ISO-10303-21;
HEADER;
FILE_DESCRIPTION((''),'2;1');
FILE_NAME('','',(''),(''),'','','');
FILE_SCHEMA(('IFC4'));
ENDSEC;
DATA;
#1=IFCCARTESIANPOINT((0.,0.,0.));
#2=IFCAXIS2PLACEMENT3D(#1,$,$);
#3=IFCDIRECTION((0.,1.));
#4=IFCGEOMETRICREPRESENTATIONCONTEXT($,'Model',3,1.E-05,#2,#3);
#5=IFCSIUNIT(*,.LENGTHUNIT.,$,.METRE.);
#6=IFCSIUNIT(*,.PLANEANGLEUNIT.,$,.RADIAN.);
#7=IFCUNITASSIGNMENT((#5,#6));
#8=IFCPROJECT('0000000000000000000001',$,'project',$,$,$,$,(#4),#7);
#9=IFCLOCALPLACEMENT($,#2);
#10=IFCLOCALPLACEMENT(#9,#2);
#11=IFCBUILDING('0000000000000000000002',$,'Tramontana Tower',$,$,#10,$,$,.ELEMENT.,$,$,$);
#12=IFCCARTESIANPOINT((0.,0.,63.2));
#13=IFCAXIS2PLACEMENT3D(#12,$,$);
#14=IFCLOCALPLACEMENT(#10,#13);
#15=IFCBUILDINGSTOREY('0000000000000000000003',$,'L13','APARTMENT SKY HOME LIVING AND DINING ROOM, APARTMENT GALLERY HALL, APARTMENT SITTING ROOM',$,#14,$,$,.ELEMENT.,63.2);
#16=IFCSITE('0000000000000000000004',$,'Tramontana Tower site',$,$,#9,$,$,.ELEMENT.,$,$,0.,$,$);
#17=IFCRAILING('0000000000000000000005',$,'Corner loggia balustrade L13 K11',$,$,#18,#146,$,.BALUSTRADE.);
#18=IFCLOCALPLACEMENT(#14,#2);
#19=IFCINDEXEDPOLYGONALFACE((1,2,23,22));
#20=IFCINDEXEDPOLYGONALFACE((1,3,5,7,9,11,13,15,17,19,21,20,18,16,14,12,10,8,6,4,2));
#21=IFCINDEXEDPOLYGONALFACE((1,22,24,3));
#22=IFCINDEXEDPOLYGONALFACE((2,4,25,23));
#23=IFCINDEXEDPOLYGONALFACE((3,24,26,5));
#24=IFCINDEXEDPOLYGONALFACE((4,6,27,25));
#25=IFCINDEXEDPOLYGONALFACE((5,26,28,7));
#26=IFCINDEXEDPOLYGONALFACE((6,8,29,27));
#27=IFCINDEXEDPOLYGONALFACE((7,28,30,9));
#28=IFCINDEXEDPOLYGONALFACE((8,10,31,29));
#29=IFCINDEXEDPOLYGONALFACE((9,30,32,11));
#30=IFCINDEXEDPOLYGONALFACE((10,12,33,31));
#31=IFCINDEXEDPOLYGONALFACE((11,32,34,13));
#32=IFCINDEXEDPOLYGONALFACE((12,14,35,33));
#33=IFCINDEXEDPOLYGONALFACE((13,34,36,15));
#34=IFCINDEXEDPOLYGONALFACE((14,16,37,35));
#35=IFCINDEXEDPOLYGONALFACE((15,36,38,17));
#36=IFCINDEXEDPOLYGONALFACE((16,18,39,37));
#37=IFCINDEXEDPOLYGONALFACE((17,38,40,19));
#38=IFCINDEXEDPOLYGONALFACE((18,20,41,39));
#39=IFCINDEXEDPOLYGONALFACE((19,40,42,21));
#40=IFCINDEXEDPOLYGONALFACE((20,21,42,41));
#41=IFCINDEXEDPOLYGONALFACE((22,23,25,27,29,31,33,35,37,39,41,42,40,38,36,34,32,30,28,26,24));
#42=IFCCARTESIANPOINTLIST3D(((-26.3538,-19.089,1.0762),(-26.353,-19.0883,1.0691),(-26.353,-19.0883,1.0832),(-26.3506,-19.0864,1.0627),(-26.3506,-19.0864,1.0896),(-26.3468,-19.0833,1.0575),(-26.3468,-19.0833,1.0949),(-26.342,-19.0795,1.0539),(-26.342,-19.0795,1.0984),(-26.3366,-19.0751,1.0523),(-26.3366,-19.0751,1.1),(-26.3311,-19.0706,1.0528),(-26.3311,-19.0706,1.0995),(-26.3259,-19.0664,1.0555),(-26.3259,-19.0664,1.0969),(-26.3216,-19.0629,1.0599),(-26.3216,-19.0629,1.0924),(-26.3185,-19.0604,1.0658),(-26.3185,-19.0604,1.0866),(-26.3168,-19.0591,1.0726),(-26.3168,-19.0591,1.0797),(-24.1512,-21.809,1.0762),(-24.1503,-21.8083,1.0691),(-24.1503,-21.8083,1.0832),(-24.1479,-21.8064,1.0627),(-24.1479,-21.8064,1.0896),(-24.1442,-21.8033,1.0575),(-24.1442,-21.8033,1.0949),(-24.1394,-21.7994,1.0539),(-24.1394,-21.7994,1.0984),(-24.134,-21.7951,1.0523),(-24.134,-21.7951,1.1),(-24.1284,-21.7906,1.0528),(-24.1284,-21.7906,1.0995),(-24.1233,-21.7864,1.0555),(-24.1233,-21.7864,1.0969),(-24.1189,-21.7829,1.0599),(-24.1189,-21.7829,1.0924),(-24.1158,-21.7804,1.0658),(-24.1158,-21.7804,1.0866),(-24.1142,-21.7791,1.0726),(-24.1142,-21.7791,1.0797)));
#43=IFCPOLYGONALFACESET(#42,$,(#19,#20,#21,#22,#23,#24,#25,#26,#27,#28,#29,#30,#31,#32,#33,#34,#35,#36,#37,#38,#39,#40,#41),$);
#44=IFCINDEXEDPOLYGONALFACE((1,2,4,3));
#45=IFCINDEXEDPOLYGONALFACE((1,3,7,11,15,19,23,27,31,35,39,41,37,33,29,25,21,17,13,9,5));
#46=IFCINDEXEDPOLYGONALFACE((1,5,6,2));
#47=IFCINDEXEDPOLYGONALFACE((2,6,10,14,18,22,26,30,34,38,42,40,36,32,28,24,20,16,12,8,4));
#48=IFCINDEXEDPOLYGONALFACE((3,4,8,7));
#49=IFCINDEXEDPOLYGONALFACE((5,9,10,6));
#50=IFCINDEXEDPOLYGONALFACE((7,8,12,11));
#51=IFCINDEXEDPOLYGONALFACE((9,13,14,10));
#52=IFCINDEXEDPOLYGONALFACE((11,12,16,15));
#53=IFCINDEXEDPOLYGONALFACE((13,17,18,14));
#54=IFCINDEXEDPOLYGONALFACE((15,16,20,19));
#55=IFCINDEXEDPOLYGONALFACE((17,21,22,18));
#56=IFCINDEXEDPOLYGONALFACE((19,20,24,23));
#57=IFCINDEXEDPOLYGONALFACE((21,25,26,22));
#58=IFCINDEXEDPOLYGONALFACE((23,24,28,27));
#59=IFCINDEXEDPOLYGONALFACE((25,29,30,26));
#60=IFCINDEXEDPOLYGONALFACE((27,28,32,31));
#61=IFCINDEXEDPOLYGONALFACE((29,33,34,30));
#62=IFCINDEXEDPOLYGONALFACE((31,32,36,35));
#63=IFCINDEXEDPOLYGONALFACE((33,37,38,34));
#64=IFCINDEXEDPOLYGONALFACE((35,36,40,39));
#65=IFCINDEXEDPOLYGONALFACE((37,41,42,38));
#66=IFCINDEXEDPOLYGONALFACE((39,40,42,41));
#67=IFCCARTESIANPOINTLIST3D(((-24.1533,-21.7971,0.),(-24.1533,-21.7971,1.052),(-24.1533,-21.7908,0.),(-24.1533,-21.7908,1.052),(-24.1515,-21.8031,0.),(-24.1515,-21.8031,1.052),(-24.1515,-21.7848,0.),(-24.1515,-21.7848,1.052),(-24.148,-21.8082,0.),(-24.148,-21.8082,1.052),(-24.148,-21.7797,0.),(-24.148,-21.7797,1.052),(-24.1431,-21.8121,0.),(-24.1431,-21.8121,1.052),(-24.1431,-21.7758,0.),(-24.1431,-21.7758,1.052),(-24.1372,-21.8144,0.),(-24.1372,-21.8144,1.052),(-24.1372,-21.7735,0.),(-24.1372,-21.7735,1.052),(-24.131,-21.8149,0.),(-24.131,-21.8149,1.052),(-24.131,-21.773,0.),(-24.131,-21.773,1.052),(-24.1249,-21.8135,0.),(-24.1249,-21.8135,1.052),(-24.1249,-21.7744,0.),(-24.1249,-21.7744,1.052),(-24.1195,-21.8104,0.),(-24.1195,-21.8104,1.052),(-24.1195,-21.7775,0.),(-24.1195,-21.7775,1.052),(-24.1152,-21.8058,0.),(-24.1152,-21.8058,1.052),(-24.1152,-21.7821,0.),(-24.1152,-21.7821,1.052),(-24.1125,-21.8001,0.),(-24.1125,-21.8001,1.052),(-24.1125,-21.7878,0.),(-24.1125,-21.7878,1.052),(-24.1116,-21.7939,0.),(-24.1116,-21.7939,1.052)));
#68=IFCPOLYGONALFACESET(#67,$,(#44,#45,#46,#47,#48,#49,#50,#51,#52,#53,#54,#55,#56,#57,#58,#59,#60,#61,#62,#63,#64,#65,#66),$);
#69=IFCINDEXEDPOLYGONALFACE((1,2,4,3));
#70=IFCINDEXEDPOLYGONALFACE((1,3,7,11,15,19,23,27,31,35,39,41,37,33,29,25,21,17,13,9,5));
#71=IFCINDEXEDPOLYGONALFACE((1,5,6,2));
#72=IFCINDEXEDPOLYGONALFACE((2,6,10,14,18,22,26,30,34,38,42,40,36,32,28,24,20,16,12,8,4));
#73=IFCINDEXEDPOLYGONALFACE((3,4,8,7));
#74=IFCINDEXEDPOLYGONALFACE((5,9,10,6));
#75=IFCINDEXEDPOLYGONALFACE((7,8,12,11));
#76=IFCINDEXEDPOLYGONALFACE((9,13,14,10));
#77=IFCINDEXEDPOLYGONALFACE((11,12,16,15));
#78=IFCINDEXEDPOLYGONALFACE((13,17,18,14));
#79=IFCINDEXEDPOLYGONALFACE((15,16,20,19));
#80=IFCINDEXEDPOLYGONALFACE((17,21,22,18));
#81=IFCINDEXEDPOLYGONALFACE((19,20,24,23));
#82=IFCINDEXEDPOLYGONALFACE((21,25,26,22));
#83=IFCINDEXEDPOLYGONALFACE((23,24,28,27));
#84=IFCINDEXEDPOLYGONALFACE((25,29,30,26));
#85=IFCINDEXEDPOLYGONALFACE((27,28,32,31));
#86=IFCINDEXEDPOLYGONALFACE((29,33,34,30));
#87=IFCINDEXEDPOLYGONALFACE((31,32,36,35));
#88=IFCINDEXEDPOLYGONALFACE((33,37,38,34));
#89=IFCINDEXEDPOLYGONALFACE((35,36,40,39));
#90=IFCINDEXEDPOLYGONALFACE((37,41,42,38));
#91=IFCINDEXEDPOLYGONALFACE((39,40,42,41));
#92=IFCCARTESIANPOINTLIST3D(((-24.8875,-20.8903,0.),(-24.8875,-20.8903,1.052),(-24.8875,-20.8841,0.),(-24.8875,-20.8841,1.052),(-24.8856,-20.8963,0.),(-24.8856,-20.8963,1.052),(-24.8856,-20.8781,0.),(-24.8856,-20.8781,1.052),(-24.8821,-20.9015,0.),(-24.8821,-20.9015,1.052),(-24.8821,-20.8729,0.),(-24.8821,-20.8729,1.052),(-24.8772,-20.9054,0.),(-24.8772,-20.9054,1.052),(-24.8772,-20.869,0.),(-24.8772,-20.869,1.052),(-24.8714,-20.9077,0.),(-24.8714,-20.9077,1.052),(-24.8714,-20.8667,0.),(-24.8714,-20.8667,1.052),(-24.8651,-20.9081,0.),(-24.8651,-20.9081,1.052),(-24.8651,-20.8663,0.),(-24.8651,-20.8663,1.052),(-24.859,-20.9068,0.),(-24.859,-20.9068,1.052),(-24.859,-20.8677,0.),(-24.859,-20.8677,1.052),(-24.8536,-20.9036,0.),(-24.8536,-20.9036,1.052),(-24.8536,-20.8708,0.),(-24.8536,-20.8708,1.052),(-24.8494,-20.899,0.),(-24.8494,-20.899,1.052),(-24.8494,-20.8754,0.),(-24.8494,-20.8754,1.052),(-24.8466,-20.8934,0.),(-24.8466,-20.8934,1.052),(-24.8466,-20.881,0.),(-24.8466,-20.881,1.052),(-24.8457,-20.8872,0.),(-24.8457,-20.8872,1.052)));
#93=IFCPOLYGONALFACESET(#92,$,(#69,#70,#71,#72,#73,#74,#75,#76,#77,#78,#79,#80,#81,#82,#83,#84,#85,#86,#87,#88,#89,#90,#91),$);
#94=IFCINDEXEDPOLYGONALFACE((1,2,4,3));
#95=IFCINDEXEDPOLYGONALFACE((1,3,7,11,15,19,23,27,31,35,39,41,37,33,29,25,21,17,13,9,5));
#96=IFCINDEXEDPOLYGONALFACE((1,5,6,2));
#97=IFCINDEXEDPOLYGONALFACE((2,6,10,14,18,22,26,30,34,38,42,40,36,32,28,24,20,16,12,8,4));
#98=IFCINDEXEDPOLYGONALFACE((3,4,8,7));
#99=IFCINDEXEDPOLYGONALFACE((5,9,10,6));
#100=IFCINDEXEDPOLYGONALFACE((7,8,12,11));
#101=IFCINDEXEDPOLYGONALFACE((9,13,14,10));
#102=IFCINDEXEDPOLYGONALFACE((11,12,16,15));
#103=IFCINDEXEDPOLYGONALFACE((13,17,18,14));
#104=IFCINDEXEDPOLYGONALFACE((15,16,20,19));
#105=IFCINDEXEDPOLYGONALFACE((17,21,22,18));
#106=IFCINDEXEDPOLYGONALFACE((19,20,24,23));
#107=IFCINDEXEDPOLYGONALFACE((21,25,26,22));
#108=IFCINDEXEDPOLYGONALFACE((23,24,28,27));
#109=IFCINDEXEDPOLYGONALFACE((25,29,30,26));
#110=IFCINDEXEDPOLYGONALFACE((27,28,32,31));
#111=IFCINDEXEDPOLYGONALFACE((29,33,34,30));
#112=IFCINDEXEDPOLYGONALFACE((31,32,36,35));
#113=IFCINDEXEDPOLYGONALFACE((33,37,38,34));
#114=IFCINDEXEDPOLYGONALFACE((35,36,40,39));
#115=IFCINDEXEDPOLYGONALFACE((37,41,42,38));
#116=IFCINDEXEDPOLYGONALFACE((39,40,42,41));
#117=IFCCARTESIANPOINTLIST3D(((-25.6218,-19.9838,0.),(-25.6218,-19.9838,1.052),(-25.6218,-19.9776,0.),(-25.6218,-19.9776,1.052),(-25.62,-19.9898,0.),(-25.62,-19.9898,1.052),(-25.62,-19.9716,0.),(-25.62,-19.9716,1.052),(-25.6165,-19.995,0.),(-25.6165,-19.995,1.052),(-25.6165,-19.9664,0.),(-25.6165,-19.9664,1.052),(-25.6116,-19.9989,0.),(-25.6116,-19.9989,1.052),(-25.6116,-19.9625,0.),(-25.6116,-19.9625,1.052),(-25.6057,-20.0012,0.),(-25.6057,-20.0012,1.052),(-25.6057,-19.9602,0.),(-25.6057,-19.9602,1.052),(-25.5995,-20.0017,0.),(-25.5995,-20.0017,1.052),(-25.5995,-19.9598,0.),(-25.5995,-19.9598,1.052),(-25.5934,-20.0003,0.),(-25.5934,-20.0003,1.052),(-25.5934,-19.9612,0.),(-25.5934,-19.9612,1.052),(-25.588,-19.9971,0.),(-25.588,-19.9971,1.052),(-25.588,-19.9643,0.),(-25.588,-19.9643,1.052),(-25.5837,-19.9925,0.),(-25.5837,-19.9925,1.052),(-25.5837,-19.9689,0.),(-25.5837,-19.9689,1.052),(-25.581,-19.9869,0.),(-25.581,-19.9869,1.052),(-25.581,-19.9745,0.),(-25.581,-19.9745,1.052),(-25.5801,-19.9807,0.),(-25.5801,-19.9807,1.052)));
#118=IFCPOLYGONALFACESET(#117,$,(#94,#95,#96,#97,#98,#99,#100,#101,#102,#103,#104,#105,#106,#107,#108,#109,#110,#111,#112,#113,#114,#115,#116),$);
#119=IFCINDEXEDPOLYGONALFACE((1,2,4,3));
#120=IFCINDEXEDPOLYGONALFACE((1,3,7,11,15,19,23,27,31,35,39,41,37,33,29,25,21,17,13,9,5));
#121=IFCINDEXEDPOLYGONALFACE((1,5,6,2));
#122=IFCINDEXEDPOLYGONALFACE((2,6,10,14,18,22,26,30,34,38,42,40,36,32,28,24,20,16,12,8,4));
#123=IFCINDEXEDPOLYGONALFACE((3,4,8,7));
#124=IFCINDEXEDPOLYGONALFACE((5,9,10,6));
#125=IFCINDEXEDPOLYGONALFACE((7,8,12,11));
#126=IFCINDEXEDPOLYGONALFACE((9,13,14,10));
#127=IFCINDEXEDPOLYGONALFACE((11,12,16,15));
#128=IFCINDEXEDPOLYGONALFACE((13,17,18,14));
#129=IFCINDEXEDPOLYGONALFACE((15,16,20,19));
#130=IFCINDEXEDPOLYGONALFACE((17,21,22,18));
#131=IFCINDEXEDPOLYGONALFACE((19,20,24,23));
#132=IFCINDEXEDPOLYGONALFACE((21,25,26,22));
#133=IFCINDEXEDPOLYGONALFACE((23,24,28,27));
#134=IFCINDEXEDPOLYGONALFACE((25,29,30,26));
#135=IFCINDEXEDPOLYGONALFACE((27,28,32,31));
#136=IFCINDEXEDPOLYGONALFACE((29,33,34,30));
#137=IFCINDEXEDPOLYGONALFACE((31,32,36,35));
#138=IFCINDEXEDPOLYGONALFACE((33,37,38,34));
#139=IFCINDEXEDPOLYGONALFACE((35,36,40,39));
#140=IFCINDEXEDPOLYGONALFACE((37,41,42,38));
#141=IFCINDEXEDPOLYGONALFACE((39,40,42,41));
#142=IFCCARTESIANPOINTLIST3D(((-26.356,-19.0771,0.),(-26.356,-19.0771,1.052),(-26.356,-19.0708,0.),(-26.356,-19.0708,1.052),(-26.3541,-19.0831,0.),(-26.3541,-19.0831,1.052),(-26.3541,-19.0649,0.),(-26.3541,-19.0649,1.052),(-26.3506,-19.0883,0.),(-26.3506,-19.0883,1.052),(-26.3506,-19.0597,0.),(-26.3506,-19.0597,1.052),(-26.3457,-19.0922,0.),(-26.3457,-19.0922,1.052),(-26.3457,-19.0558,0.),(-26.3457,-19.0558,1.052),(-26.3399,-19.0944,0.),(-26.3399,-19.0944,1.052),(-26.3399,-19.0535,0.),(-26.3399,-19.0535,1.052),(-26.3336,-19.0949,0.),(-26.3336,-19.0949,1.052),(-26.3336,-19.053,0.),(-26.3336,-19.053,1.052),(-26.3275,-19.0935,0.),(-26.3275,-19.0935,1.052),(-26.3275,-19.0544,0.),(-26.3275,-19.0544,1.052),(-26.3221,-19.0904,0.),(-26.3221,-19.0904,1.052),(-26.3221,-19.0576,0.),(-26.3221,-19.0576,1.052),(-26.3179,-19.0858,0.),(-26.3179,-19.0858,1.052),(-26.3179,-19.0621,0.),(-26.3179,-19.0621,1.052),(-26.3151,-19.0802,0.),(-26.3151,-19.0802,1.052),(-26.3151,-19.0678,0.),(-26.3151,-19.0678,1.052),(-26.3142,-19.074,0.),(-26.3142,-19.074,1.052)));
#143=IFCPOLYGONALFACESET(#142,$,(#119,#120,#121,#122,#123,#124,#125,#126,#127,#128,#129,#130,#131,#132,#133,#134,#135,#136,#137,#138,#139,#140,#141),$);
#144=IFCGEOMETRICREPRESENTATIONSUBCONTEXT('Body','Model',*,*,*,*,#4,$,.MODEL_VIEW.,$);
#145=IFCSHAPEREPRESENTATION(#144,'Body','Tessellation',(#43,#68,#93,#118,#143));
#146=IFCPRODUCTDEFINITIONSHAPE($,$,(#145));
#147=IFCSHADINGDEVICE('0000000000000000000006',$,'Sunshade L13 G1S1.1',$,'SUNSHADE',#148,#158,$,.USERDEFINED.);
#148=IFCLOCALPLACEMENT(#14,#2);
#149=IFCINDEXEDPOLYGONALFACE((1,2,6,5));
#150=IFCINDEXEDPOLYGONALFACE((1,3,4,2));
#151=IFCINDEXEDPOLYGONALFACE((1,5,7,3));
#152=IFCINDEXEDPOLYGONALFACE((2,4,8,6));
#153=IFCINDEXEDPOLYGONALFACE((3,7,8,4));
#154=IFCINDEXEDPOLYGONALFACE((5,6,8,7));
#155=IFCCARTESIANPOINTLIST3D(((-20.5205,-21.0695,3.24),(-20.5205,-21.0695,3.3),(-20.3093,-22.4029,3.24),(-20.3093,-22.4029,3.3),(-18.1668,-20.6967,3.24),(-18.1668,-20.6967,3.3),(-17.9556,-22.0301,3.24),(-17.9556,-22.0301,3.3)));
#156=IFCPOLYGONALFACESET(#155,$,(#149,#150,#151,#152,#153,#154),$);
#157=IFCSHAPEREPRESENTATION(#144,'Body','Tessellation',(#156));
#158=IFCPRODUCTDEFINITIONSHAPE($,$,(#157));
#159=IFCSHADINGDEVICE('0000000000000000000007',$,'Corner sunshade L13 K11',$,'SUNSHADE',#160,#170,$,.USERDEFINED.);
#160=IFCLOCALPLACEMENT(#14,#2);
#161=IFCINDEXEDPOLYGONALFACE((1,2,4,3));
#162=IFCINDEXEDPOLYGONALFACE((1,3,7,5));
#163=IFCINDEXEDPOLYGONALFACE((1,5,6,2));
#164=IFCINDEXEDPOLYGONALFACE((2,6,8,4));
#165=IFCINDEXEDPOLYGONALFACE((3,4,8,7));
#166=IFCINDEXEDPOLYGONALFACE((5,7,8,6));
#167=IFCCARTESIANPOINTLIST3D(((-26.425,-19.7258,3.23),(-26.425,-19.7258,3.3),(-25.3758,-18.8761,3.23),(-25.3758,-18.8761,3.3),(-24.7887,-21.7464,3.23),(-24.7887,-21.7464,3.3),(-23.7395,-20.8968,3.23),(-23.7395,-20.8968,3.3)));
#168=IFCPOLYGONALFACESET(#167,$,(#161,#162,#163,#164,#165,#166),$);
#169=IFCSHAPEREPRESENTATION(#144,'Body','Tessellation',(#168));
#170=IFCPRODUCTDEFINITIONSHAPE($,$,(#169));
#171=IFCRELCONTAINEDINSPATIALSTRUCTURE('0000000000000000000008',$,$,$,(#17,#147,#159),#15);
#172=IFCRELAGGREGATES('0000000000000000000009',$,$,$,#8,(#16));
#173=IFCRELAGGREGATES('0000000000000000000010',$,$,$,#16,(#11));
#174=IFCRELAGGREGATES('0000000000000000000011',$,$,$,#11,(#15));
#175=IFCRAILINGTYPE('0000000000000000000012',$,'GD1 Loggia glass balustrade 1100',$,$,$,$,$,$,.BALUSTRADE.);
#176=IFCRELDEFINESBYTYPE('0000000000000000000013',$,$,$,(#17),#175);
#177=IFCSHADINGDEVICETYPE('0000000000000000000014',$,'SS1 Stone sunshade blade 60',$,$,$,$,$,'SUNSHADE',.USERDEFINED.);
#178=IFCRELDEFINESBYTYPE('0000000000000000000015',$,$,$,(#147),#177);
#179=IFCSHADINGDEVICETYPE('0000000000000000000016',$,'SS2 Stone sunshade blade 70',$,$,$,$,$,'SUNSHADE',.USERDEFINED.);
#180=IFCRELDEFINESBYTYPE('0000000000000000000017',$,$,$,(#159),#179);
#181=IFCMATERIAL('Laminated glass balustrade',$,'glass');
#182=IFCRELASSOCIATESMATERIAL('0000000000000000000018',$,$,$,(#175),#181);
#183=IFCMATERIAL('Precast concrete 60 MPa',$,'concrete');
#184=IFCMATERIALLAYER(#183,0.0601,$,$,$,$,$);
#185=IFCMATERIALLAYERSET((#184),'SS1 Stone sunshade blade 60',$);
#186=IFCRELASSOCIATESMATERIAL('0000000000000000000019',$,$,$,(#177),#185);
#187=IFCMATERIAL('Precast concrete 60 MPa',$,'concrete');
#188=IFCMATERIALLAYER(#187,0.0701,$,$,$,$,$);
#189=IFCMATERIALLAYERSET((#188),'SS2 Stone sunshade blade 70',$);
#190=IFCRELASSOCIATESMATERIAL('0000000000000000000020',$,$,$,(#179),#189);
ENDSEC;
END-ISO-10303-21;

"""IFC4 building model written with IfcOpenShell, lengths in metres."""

from ifc_helpers import new_model, si_unit, direction, frame, origin, origin_2d, place, context, subcontext, project, spatial, rectangle, circle, extrude, material, layer, layer_set, type_object, element, save


model = new_model("IFC4")

# Units and contexts
model_context = context("Model", 3, precision=1e-05, world=origin(), true_north=direction((0.0, 1.0)))
body_context = subcontext(model_context, "Body", "Model", "MODEL_VIEW")
ifc_project = project(units=[si_unit("LENGTHUNIT", "METRE"), si_unit("PLANEANGLEUNIT", "RADIAN")], contexts=[model_context])

# Site, building, storey
site_placement = place(None, origin())
site = spatial("IfcSite", under=ifc_project, at=site_placement, Name="Tramontana Tower site", CompositionType="ELEMENT", RefElevation=0.0)
building_placement = place(site_placement, origin())
building = spatial("IfcBuilding", under=site, at=building_placement, Name="Tramontana Tower", CompositionType="ELEMENT")
storey_placement = place(building_placement, frame((0.0, 0.0, 63.2)))
storey = spatial("IfcBuildingStorey", under=building, at=storey_placement, Name="L13", Description="APARTMENT SKY HOME LIVING AND DINING ROOM, APARTMENT GALLERY HALL, APARTMENT SITTING ROOM", CompositionType="ELEMENT", Elevation=63.2)

# Railing
ifc_material_1 = material(Name="Laminated glass balustrade", Category="glass")
railing_type = type_object("IfcRailingType", Name="GD1 Loggia glass balustrade 1100", PredefinedType="BALUSTRADE", material=ifc_material_1)
railing_1_placement = place(storey_placement, frame((-24.1326, -21.7939, 0.0)))
element("IfcRailing", 1, at=railing_1_placement, inside=storey, type_object=railing_type, Name="Corner loggia balustrade L13 K11", PredefinedType="BALUSTRADE", context=body_context, shape_type="SweptSolid", body=[
    extrude(circle(Radius=0.0239, at=origin_2d()), frame((0.0, 0.0, 1.0762), z_axis=(-0.629329, 0.777139, 0.0), x_axis=(-0.777139, -0.629329, 0.0)), (0.0, 0.0, 1.0), 3.5),
    extrude(circle(Radius=0.021, at=origin_2d()), origin(), (0.0, 0.0, 1.0), 1.052),
    extrude(circle(Radius=0.021, at=origin_2d()), frame((-0.7341, 0.9067, 0.0)), (0.0, 0.0, 1.0), 1.052),
    extrude(circle(Radius=0.021, at=origin_2d()), frame((-1.4685, 1.8132, 0.0)), (0.0, 0.0, 1.0), 1.052),
    extrude(circle(Radius=0.021, at=origin_2d()), frame((-2.2026, 2.72, 0.0)), (0.0, 0.0, 1.0), 1.052),
])

# Shading devices
ifc_material_2 = material(Name="Precast concrete 60 MPa", Category="concrete")
ifc_layer_1 = layer(ifc_material_2, 0.0601)
ifc_layer_set_1 = layer_set([ifc_layer_1], Name="SS1 Stone sunshade blade 60")
shading_device_type_1 = type_object("IfcShadingDeviceType", Name="SS1 Stone sunshade blade 60", ElementType="SUNSHADE", PredefinedType="USERDEFINED", material=ifc_layer_set_1)
shading_device_1_placement = place(storey_placement, frame((-19.238, -21.5498, 3.24), z_axis=(0.0, 0.0, 1.0), x_axis=(0.987688, 0.156434, 0.0)))
element("IfcShadingDevice", 2, at=shading_device_1_placement, inside=storey, type_object=shading_device_type_1, Name="Sunshade L13 G1S1.1", ObjectType="SUNSHADE", PredefinedType="USERDEFINED", context=body_context, shape_type="SweptSolid", body=[
    extrude(rectangle(XDim=2.3831, YDim=1.3501, at=origin_2d()), origin(), (0.0, 0.0, 1.0), 0.0601),
])
ifc_material_3 = material(Name="Precast concrete 60 MPa", Category="concrete")
ifc_layer_2 = layer(ifc_material_3, 0.0701)
ifc_layer_set_2 = layer_set([ifc_layer_2], Name="SS2 Stone sunshade blade 70")
shading_device_type_2 = type_object("IfcShadingDeviceType", Name="SS2 Stone sunshade blade 70", ElementType="SUNSHADE", PredefinedType="USERDEFINED", material=ifc_layer_set_2)
shading_device_2_placement = place(storey_placement, frame((-25.0823, -20.3113, 3.23), z_axis=(0.0, 0.0, 1.0), x_axis=(-0.62932, 0.777146, 0.0)))
element("IfcShadingDevice", 3, at=shading_device_2_placement, inside=storey, type_object=shading_device_type_2, Name="Corner sunshade L13 K11", ObjectType="SUNSHADE", PredefinedType="USERDEFINED", context=body_context, shape_type="SweptSolid", body=[
    extrude(rectangle(XDim=2.6001, YDim=1.3501, at=origin_2d()), origin(), (0.0, 0.0, 1.0), 0.0701),
])

save(model, "model.ifc")
